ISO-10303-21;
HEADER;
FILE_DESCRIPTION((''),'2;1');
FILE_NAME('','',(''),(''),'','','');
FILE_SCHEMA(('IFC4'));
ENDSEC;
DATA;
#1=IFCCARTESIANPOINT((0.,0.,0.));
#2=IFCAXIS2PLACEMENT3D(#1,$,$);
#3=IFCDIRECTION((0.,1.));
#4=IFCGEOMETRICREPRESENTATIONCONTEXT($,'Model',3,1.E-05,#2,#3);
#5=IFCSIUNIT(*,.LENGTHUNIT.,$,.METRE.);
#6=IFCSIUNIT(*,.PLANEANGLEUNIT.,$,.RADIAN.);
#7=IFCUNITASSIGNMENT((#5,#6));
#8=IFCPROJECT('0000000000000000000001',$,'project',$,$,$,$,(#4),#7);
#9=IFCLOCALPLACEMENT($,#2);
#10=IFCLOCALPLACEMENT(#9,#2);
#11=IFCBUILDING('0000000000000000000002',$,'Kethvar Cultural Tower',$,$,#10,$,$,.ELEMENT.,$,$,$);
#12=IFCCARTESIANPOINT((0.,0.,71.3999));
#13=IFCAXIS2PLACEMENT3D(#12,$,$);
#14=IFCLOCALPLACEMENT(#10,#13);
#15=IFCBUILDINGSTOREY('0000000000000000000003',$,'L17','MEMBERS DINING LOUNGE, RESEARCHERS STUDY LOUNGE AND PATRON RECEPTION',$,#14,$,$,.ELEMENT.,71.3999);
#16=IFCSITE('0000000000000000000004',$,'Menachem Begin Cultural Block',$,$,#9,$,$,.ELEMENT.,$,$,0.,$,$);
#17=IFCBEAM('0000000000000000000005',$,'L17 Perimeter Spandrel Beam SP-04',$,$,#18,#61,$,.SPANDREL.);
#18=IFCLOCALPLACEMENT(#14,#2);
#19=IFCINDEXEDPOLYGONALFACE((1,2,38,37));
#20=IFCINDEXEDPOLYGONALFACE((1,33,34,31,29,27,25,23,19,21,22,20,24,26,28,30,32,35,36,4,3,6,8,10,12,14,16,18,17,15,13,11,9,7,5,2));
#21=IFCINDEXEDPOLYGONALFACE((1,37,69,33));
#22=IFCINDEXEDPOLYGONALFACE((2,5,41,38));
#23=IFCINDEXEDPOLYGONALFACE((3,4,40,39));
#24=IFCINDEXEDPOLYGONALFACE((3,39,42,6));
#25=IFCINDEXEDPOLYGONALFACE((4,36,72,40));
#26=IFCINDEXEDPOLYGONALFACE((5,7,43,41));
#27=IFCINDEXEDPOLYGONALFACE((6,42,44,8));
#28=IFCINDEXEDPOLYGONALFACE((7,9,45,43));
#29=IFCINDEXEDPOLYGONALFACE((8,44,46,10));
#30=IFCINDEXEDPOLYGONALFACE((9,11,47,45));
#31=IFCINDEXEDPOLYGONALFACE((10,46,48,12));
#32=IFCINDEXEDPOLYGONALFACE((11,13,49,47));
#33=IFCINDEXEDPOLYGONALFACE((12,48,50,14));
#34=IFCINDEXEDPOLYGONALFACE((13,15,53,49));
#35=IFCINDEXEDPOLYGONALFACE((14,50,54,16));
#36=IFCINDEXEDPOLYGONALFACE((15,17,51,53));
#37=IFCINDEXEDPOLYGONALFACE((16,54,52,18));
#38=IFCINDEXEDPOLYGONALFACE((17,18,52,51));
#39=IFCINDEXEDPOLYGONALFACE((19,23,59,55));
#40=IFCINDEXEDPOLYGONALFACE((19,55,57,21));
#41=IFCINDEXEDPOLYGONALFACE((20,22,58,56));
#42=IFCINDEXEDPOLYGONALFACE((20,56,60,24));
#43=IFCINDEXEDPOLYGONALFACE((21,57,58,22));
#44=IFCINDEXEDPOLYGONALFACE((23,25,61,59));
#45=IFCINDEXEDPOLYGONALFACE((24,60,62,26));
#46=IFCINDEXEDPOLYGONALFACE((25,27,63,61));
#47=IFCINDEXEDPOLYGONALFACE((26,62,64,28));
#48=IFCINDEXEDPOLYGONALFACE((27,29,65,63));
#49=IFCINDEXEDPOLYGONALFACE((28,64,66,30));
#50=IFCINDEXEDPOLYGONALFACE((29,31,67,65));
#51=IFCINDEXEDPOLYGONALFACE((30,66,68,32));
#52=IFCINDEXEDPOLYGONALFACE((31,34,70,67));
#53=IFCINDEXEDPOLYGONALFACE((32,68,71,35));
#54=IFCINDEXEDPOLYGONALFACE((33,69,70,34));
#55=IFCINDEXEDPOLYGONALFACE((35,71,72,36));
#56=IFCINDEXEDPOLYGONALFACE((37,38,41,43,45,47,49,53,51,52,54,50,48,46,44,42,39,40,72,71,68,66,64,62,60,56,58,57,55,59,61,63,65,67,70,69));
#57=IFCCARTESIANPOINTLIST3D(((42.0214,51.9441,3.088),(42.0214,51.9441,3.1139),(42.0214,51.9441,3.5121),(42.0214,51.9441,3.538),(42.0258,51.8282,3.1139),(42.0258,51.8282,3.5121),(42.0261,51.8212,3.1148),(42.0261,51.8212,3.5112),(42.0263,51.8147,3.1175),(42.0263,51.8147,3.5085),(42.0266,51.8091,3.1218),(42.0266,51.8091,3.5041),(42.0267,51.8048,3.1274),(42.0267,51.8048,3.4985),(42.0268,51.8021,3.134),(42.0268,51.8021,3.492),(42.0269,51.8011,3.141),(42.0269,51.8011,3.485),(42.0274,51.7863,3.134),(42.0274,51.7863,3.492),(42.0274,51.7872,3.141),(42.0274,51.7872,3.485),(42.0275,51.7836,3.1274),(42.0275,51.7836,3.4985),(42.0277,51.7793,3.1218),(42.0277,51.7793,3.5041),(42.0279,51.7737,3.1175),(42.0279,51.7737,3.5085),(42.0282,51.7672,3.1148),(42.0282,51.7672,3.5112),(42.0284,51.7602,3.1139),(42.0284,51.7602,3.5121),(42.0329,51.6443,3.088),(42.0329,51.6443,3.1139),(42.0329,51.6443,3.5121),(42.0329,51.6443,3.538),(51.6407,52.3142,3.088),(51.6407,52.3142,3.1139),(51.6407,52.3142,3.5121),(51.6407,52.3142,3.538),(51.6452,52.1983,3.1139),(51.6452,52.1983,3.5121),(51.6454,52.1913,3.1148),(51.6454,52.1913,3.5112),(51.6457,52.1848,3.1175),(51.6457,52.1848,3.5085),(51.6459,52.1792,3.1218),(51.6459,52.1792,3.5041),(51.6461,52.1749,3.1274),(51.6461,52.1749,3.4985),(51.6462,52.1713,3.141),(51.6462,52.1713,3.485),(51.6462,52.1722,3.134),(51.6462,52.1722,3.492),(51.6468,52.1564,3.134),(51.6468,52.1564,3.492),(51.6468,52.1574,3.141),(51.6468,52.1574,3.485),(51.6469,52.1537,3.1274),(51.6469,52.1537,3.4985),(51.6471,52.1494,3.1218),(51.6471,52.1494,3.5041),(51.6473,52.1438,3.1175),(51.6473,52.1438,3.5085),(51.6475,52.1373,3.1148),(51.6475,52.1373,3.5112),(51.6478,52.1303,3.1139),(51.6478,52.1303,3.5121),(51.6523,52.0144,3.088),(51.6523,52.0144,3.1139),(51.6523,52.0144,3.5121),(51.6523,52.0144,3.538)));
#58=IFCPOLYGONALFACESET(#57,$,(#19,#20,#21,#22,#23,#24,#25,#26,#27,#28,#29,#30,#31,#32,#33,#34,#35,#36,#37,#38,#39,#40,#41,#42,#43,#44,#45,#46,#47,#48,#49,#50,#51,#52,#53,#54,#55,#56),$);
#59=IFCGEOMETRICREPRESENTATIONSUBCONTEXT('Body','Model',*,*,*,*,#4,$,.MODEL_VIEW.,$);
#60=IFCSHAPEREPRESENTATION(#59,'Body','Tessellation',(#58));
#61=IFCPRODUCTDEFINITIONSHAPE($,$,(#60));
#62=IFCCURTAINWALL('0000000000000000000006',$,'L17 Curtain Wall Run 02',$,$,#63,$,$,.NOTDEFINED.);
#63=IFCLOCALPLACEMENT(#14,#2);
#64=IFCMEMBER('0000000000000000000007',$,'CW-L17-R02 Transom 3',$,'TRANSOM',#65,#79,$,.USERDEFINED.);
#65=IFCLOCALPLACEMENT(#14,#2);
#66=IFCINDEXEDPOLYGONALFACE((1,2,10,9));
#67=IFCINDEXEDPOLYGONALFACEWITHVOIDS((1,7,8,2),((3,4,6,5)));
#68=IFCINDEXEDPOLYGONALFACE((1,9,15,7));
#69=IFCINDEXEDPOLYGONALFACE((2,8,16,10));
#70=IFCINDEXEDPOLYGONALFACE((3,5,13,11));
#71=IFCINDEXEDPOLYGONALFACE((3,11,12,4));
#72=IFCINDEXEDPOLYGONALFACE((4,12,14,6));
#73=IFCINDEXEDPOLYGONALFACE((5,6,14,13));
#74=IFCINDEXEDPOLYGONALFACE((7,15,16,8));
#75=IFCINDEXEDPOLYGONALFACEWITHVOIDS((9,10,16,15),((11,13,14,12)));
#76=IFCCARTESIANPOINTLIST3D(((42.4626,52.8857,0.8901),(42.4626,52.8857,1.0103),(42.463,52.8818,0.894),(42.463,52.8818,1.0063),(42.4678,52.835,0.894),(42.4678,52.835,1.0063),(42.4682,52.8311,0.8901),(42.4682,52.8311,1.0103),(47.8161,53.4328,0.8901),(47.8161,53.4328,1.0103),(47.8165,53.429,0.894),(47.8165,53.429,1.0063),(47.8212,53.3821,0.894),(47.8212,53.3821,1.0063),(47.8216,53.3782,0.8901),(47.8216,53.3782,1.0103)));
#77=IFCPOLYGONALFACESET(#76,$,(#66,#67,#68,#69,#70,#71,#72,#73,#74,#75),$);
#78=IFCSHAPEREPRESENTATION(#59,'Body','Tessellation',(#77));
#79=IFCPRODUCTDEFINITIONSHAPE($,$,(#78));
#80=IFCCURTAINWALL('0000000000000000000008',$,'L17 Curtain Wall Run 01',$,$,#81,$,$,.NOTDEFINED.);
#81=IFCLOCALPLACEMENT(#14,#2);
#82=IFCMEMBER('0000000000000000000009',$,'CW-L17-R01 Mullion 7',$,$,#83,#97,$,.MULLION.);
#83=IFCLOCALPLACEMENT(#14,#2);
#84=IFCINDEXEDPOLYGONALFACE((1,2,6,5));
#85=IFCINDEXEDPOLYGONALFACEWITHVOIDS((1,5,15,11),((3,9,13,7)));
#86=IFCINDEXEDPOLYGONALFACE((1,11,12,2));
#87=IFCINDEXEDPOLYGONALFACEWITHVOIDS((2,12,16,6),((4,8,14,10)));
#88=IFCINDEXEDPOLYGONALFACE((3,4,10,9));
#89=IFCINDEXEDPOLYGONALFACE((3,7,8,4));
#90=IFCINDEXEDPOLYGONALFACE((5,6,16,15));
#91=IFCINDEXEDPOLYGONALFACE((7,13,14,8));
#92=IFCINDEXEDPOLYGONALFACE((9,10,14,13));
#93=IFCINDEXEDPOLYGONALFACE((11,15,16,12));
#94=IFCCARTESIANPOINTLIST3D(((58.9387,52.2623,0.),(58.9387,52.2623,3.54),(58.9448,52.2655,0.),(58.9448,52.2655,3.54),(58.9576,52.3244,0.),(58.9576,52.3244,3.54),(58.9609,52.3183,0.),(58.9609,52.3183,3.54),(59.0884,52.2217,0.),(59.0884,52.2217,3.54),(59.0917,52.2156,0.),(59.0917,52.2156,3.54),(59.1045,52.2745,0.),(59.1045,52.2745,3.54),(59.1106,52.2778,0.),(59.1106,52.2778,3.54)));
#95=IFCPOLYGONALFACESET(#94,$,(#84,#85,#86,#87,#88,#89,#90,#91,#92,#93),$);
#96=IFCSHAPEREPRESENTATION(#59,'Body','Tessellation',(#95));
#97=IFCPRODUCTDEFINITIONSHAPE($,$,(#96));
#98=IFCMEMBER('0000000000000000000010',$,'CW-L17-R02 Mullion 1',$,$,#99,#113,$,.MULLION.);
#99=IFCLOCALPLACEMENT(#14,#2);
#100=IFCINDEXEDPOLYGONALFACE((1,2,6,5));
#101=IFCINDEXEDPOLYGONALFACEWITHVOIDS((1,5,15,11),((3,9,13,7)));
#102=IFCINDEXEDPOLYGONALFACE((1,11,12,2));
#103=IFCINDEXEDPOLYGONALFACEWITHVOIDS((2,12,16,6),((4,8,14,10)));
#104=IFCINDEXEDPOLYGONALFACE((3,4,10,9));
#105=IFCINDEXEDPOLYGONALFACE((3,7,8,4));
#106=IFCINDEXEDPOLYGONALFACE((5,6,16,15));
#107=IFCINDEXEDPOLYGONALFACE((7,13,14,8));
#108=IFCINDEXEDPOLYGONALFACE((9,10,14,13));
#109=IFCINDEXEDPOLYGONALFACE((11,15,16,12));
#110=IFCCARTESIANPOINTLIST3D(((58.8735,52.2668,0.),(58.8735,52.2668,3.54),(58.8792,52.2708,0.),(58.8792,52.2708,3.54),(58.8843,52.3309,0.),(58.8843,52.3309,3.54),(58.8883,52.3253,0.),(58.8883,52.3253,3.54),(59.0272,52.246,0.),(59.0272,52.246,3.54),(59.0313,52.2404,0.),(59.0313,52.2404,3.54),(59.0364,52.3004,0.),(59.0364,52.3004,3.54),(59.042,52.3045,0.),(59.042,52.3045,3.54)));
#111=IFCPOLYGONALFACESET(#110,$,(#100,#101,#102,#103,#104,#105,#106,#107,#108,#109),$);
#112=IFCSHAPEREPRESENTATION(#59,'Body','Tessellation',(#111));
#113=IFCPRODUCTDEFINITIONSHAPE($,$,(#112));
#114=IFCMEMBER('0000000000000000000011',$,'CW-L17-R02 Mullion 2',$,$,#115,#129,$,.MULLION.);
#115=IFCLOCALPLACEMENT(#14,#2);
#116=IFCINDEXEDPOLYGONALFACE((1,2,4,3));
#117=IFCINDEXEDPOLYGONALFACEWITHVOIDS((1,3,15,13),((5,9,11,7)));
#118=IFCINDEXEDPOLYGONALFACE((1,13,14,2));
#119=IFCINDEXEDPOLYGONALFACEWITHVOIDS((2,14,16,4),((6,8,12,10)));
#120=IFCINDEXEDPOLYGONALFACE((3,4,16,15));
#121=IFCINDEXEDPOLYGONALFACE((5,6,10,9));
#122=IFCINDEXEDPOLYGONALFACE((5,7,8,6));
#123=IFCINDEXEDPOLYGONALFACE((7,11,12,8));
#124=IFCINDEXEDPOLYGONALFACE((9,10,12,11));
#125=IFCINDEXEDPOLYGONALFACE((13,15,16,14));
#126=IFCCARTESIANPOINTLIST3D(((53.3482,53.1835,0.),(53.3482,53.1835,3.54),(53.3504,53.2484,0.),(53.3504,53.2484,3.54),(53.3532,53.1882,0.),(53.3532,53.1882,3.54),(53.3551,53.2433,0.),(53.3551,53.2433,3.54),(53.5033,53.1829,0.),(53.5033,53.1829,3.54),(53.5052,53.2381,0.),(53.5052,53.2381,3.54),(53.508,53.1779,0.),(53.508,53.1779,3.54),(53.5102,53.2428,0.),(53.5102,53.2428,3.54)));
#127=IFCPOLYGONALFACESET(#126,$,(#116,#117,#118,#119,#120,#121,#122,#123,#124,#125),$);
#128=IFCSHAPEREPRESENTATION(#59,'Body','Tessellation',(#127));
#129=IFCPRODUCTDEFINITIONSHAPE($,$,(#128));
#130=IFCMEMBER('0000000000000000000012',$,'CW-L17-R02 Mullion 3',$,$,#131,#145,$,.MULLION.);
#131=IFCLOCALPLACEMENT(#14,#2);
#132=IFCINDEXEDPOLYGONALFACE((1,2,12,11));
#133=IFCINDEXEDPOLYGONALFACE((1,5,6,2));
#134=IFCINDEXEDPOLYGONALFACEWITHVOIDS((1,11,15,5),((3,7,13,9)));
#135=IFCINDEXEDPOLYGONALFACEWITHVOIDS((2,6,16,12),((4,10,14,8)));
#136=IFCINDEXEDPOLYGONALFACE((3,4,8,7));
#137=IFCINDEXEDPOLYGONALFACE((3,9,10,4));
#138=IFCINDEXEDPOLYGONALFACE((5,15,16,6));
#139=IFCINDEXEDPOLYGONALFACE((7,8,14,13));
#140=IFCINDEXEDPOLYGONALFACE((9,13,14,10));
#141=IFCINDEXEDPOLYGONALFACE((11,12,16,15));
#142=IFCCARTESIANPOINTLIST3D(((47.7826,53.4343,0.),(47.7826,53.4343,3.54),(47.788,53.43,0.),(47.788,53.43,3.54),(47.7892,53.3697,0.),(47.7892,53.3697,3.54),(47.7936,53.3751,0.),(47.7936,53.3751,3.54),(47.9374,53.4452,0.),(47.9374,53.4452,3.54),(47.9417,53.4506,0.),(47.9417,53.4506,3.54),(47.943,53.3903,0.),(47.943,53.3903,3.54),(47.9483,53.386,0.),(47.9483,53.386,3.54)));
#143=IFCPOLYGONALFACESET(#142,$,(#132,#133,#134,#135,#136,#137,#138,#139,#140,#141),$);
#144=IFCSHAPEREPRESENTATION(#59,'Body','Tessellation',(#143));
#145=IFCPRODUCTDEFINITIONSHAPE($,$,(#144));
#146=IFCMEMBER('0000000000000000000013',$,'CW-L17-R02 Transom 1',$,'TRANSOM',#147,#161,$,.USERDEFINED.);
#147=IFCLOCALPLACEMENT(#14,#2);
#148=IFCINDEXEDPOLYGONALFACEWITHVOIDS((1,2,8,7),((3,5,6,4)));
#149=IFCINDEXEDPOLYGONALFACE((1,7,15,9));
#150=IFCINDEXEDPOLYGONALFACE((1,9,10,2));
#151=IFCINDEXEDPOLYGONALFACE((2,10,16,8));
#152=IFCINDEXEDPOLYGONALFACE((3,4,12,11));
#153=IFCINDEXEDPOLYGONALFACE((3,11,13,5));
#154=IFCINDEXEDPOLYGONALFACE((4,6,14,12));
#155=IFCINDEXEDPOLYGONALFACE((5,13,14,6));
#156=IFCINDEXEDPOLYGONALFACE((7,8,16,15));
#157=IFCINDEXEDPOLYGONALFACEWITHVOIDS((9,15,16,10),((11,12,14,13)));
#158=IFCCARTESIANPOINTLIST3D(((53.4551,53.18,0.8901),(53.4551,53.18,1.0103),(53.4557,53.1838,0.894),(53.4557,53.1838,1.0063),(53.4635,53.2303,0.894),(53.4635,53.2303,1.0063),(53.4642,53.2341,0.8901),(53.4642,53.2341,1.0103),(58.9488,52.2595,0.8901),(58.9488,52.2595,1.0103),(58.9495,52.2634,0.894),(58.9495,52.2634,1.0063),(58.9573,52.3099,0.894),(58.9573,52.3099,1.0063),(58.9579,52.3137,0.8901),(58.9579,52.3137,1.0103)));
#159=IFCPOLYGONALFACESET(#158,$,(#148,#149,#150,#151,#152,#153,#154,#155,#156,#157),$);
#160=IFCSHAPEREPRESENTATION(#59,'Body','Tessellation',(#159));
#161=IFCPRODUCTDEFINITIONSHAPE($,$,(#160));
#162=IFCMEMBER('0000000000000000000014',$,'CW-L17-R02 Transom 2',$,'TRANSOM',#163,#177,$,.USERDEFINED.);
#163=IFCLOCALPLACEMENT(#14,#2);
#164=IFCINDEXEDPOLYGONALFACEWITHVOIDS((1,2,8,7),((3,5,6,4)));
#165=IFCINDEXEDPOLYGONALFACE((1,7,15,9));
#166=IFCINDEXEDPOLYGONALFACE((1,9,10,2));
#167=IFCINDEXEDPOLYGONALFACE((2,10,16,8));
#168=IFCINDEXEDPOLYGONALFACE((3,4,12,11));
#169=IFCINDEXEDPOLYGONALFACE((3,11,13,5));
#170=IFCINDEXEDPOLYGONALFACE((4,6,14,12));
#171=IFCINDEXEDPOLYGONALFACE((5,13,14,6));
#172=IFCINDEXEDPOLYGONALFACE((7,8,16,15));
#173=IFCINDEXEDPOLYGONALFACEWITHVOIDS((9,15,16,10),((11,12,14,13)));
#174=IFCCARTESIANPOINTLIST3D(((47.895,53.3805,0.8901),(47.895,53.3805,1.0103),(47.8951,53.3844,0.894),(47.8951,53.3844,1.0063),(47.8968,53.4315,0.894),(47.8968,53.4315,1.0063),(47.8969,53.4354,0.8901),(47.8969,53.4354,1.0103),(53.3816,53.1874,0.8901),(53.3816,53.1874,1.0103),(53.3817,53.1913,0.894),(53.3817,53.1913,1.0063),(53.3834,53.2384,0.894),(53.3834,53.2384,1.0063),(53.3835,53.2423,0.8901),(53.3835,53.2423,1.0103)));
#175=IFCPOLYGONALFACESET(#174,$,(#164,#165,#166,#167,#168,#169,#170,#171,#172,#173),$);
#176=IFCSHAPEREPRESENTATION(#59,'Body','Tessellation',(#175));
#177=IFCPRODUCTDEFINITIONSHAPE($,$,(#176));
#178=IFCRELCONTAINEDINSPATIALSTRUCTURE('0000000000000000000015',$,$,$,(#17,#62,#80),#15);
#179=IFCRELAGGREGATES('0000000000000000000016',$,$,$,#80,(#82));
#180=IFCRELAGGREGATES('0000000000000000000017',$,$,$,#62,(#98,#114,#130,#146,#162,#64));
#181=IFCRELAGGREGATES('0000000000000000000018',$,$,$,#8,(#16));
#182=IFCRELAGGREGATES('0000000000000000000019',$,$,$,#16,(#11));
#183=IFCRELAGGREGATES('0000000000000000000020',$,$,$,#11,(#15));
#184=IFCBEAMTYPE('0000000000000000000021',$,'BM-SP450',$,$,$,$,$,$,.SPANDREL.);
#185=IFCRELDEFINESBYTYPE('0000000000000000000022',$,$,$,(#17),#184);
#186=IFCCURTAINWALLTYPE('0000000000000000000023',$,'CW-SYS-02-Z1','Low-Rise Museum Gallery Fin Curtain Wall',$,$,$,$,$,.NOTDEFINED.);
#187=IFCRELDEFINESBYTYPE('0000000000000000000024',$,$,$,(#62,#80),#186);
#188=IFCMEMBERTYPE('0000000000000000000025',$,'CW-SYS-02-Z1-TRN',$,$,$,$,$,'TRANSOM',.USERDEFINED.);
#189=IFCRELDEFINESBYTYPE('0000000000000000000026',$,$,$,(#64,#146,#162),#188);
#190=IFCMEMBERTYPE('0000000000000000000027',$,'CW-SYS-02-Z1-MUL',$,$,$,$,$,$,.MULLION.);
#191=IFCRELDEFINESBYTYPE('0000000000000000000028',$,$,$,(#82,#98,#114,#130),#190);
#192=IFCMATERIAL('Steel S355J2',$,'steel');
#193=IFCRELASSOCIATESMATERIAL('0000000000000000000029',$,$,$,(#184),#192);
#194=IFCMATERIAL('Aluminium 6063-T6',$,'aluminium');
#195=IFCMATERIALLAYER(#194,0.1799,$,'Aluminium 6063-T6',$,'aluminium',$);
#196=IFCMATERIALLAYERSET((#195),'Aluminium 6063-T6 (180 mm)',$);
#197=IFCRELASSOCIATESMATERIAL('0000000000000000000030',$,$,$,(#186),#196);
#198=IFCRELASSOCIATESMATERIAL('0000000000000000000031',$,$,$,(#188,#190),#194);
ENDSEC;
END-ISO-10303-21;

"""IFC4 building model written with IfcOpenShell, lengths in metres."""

from ifc_helpers import new_model, si_unit, direction, frame, origin, origin_2d, place, context, subcontext, project, spatial, hollow_rectangle, i_section, extrude, source, transform, mapped, material, layer, layer_set, material_profile, profile_set, type_object, element, aggregate, save


model = new_model("IFC4")

# Units and contexts
model_context = context("Model", 3, precision=1e-05, world=origin(), true_north=direction((0.0, 1.0)))
body_context = subcontext(model_context, "Body", "Model", "MODEL_VIEW")
ifc_project = project(units=[si_unit("LENGTHUNIT", "METRE"), si_unit("PLANEANGLEUNIT", "RADIAN")], contexts=[model_context])

# Site, building, storey
site_placement = place(None, origin())
site = spatial("IfcSite", under=ifc_project, at=site_placement, Name="Menachem Begin Cultural Block", CompositionType="ELEMENT", RefElevation=0.0)
building_placement = place(site_placement, origin())
building = spatial("IfcBuilding", under=site, at=building_placement, Name="Kethvar Cultural Tower", CompositionType="ELEMENT")
storey_placement = place(building_placement, frame((0.0, 0.0, 71.3999)))
storey = spatial("IfcBuildingStorey", under=building, at=storey_placement, Name="L17", Description="MEMBERS DINING LOUNGE, RESEARCHERS STUDY LOUNGE AND PATRON RECEPTION", CompositionType="ELEMENT", Elevation=71.3999)

# Beam
ifc_material_1 = material(Name="Steel S355J2", Category="steel")
ifc_material_profile_1 = material_profile(ifc_material_1, i_section(OverallWidth=0.3, OverallDepth=0.45, WebThickness=0.0139, FlangeThickness=0.0259, FilletRadius=0.0271, at=origin_2d()), Name="Steel S355J2 — HEB450")
ifc_profile_set_1 = profile_set([ifc_material_profile_1], Name="Steel S355J2 — HEB450")
beam_type_1 = type_object("IfcBeamType", Name="BM-SP450", PredefinedType="SPANDREL", material=ifc_profile_set_1)
shared_shape_1 = source(origin(), body_context, "Body", "SweptSolid", [
    extrude(i_section(OverallWidth=0.3, OverallDepth=0.45, WebThickness=0.0139, FlangeThickness=0.0259, FilletRadius=0.0271, at=origin_2d()), origin(), (0.0, 0.0, 1.0), 9.6265),
])
beam_1_placement = place(storey_placement, frame((51.6465, 52.1643, 3.313), z_axis=(-0.999261, -0.038448, 0.0), x_axis=(0.038448, -0.999261, 0.0)))
element("IfcBeam", 1, at=beam_1_placement, inside=storey, type_object=beam_type_1, Name="L17 Perimeter Spandrel Beam SP-04", PredefinedType="SPANDREL", context=body_context, shape_type="MappedRepresentation", body=[
    mapped(shared_shape_1, transform((0.0, 0.0, 0.0), scale=1.0)),
])

# Curtain walls, members
ifc_material_2 = material(Name="Aluminium 6063-T6", Category="aluminium")
ifc_layer_1 = layer(ifc_material_2, 0.1799, Name="Aluminium 6063-T6", Category="aluminium")
ifc_layer_set_1 = layer_set([ifc_layer_1], Name="Aluminium 6063-T6 (180 mm)")
curtain_wall_type = type_object("IfcCurtainWallType", Name="CW-SYS-02-Z1", Description="Low-Rise Museum Gallery Fin Curtain Wall", PredefinedType="NOTDEFINED", material=ifc_layer_set_1)
curtain_wall_1_placement = place(storey_placement, origin())
curtain_wall_1 = element("IfcCurtainWall", 2, at=curtain_wall_1_placement, inside=storey, type_object=curtain_wall_type, Name="L17 Curtain Wall Run 02", PredefinedType="NOTDEFINED")
ifc_material_profile_2 = material_profile(ifc_material_2, hollow_rectangle(XDim=0.0549, YDim=0.1201, WallThickness=0.0039, at=origin_2d()), Name="Aluminium 6063-T6 — RHS120x55x4")
ifc_profile_set_2 = profile_set([ifc_material_profile_2], Name="Aluminium 6063-T6 — RHS120x55x4")
member_type_1 = type_object("IfcMemberType", Name="CW-SYS-02-Z1-TRN", ElementType="TRANSOM", PredefinedType="USERDEFINED", material=ifc_profile_set_2)
shared_shape_2 = source(origin(), body_context, "Body", "SweptSolid", [
    extrude(hollow_rectangle(XDim=0.0549, YDim=0.1201, WallThickness=0.0039, at=origin_2d()), origin(), (0.0, 0.0, 1.0), 5.3813),
])
member_1_placement = place(storey_placement, frame((47.8188, 53.4055, 0.9502), z_axis=(-0.994818, -0.101669, 0.0), x_axis=(0.101669, -0.994818, 0.0)))
member_1 = element("IfcMember", 3, at=member_1_placement, type_object=member_type_1, Name="CW-L17-R02 Transom 3", ObjectType="TRANSOM", PredefinedType="USERDEFINED", context=body_context, shape_type="MappedRepresentation", body=[
    mapped(shared_shape_2, transform((0.0, 0.0, 0.0), scale=1.0)),
])
curtain_wall_2_placement = place(storey_placement, origin())
curtain_wall_2 = element("IfcCurtainWall", 4, at=curtain_wall_2_placement, inside=storey, type_object=curtain_wall_type, Name="L17 Curtain Wall Run 01", PredefinedType="NOTDEFINED")
ifc_material_profile_3 = material_profile(ifc_material_2, hollow_rectangle(XDim=0.0649, YDim=0.1599, WallThickness=0.0049, at=origin_2d()), Name="Aluminium 6063-T6 — RHS160x65x5")
ifc_profile_set_3 = profile_set([ifc_material_profile_3], Name="Aluminium 6063-T6 — RHS160x65x5")
member_type_2 = type_object("IfcMemberType", Name="CW-SYS-02-Z1-MUL", PredefinedType="MULLION", material=ifc_profile_set_3)
shared_shape_3 = source(origin(), body_context, "Body", "SweptSolid", [
    extrude(hollow_rectangle(XDim=0.0649, YDim=0.1599, WallThickness=0.0049, at=origin_2d()), origin(), (0.0, 0.0, 1.0), 3.54),
])
member_2_placement = place(storey_placement, frame((59.0247, 52.27, 0.0), z_axis=(0.0, 0.0, 1.0), x_axis=(-0.291621, -0.956534, 0.0)))
member_2 = element("IfcMember", 5, at=member_2_placement, type_object=member_type_2, Name="CW-L17-R01 Mullion 7", PredefinedType="MULLION", context=body_context, shape_type="MappedRepresentation", body=[
    mapped(shared_shape_3, transform((0.0, 0.0, 0.0), scale=1.0)),
])
aggregate(curtain_wall_2, [member_2])

# Members
member_3_placement = place(storey_placement, frame((58.9578, 52.2856, 0.0), z_axis=(0.0, 0.0, 1.0), x_axis=(-0.165271, -0.986248, 0.0)))
member_3 = element("IfcMember", 6, at=member_3_placement, type_object=member_type_2, Name="CW-L17-R02 Mullion 1", PredefinedType="MULLION", context=body_context, shape_type="MappedRepresentation", body=[
    mapped(shared_shape_3, transform((0.0, 0.0, 0.0), scale=1.0)),
])
member_4_placement = place(storey_placement, frame((53.4292, 53.2131, 0.0), z_axis=(0.0, 0.0, 1.0), x_axis=(-0.035179, -0.999381, 0.0)))
member_4 = element("IfcMember", 7, at=member_4_placement, type_object=member_type_2, Name="CW-L17-R02 Mullion 2", PredefinedType="MULLION", context=body_context, shape_type="MappedRepresentation", body=[
    mapped(shared_shape_3, transform((0.0, 0.0, 0.0), scale=1.0)),
])
member_5_placement = place(storey_placement, frame((47.8655, 53.4102, 0.0), z_axis=(0.0, 0.0, 1.0), x_axis=(0.101647, -0.994821, 0.0)))
member_5 = element("IfcMember", 8, at=member_5_placement, type_object=member_type_2, Name="CW-L17-R02 Mullion 3", PredefinedType="MULLION", context=body_context, shape_type="MappedRepresentation", body=[
    mapped(shared_shape_3, transform((0.0, 0.0, 0.0), scale=1.0)),
])
shared_shape_4 = source(origin(), body_context, "Body", "SweptSolid", [
    extrude(hollow_rectangle(XDim=0.0549, YDim=0.1201, WallThickness=0.0039, at=origin_2d()), origin(), (0.0, 0.0, 1.0), 5.5703),
])
member_6_placement = place(storey_placement, frame((58.9534, 52.2866, 0.9502), z_axis=(-0.986254, 0.165238, 0.0), x_axis=(-0.165238, -0.986254, 0.0)))
member_6 = element("IfcMember", 9, at=member_6_placement, type_object=member_type_1, Name="CW-L17-R02 Transom 1", ObjectType="TRANSOM", PredefinedType="USERDEFINED", context=body_context, shape_type="MappedRepresentation", body=[
    mapped(shared_shape_4, transform((0.0, 0.0, 0.0), scale=1.0)),
])
shared_shape_5 = source(origin(), body_context, "Body", "SweptSolid", [
    extrude(hollow_rectangle(XDim=0.0549, YDim=0.1201, WallThickness=0.0039, at=origin_2d()), origin(), (0.0, 0.0, 1.0), 5.49),
])
member_7_placement = place(storey_placement, frame((53.3826, 53.2148, 0.9502), z_axis=(-0.999381, 0.035176, 0.0), x_axis=(-0.035176, -0.999381, 0.0)))
member_7 = element("IfcMember", 10, at=member_7_placement, type_object=member_type_1, Name="CW-L17-R02 Transom 2", ObjectType="TRANSOM", PredefinedType="USERDEFINED", context=body_context, shape_type="MappedRepresentation", body=[
    mapped(shared_shape_5, transform((0.0, 0.0, 0.0), scale=1.0)),
])

aggregate(curtain_wall_1, [member_3, member_4, member_5, member_6, member_7, member_1])

save(model, "model.ifc")
